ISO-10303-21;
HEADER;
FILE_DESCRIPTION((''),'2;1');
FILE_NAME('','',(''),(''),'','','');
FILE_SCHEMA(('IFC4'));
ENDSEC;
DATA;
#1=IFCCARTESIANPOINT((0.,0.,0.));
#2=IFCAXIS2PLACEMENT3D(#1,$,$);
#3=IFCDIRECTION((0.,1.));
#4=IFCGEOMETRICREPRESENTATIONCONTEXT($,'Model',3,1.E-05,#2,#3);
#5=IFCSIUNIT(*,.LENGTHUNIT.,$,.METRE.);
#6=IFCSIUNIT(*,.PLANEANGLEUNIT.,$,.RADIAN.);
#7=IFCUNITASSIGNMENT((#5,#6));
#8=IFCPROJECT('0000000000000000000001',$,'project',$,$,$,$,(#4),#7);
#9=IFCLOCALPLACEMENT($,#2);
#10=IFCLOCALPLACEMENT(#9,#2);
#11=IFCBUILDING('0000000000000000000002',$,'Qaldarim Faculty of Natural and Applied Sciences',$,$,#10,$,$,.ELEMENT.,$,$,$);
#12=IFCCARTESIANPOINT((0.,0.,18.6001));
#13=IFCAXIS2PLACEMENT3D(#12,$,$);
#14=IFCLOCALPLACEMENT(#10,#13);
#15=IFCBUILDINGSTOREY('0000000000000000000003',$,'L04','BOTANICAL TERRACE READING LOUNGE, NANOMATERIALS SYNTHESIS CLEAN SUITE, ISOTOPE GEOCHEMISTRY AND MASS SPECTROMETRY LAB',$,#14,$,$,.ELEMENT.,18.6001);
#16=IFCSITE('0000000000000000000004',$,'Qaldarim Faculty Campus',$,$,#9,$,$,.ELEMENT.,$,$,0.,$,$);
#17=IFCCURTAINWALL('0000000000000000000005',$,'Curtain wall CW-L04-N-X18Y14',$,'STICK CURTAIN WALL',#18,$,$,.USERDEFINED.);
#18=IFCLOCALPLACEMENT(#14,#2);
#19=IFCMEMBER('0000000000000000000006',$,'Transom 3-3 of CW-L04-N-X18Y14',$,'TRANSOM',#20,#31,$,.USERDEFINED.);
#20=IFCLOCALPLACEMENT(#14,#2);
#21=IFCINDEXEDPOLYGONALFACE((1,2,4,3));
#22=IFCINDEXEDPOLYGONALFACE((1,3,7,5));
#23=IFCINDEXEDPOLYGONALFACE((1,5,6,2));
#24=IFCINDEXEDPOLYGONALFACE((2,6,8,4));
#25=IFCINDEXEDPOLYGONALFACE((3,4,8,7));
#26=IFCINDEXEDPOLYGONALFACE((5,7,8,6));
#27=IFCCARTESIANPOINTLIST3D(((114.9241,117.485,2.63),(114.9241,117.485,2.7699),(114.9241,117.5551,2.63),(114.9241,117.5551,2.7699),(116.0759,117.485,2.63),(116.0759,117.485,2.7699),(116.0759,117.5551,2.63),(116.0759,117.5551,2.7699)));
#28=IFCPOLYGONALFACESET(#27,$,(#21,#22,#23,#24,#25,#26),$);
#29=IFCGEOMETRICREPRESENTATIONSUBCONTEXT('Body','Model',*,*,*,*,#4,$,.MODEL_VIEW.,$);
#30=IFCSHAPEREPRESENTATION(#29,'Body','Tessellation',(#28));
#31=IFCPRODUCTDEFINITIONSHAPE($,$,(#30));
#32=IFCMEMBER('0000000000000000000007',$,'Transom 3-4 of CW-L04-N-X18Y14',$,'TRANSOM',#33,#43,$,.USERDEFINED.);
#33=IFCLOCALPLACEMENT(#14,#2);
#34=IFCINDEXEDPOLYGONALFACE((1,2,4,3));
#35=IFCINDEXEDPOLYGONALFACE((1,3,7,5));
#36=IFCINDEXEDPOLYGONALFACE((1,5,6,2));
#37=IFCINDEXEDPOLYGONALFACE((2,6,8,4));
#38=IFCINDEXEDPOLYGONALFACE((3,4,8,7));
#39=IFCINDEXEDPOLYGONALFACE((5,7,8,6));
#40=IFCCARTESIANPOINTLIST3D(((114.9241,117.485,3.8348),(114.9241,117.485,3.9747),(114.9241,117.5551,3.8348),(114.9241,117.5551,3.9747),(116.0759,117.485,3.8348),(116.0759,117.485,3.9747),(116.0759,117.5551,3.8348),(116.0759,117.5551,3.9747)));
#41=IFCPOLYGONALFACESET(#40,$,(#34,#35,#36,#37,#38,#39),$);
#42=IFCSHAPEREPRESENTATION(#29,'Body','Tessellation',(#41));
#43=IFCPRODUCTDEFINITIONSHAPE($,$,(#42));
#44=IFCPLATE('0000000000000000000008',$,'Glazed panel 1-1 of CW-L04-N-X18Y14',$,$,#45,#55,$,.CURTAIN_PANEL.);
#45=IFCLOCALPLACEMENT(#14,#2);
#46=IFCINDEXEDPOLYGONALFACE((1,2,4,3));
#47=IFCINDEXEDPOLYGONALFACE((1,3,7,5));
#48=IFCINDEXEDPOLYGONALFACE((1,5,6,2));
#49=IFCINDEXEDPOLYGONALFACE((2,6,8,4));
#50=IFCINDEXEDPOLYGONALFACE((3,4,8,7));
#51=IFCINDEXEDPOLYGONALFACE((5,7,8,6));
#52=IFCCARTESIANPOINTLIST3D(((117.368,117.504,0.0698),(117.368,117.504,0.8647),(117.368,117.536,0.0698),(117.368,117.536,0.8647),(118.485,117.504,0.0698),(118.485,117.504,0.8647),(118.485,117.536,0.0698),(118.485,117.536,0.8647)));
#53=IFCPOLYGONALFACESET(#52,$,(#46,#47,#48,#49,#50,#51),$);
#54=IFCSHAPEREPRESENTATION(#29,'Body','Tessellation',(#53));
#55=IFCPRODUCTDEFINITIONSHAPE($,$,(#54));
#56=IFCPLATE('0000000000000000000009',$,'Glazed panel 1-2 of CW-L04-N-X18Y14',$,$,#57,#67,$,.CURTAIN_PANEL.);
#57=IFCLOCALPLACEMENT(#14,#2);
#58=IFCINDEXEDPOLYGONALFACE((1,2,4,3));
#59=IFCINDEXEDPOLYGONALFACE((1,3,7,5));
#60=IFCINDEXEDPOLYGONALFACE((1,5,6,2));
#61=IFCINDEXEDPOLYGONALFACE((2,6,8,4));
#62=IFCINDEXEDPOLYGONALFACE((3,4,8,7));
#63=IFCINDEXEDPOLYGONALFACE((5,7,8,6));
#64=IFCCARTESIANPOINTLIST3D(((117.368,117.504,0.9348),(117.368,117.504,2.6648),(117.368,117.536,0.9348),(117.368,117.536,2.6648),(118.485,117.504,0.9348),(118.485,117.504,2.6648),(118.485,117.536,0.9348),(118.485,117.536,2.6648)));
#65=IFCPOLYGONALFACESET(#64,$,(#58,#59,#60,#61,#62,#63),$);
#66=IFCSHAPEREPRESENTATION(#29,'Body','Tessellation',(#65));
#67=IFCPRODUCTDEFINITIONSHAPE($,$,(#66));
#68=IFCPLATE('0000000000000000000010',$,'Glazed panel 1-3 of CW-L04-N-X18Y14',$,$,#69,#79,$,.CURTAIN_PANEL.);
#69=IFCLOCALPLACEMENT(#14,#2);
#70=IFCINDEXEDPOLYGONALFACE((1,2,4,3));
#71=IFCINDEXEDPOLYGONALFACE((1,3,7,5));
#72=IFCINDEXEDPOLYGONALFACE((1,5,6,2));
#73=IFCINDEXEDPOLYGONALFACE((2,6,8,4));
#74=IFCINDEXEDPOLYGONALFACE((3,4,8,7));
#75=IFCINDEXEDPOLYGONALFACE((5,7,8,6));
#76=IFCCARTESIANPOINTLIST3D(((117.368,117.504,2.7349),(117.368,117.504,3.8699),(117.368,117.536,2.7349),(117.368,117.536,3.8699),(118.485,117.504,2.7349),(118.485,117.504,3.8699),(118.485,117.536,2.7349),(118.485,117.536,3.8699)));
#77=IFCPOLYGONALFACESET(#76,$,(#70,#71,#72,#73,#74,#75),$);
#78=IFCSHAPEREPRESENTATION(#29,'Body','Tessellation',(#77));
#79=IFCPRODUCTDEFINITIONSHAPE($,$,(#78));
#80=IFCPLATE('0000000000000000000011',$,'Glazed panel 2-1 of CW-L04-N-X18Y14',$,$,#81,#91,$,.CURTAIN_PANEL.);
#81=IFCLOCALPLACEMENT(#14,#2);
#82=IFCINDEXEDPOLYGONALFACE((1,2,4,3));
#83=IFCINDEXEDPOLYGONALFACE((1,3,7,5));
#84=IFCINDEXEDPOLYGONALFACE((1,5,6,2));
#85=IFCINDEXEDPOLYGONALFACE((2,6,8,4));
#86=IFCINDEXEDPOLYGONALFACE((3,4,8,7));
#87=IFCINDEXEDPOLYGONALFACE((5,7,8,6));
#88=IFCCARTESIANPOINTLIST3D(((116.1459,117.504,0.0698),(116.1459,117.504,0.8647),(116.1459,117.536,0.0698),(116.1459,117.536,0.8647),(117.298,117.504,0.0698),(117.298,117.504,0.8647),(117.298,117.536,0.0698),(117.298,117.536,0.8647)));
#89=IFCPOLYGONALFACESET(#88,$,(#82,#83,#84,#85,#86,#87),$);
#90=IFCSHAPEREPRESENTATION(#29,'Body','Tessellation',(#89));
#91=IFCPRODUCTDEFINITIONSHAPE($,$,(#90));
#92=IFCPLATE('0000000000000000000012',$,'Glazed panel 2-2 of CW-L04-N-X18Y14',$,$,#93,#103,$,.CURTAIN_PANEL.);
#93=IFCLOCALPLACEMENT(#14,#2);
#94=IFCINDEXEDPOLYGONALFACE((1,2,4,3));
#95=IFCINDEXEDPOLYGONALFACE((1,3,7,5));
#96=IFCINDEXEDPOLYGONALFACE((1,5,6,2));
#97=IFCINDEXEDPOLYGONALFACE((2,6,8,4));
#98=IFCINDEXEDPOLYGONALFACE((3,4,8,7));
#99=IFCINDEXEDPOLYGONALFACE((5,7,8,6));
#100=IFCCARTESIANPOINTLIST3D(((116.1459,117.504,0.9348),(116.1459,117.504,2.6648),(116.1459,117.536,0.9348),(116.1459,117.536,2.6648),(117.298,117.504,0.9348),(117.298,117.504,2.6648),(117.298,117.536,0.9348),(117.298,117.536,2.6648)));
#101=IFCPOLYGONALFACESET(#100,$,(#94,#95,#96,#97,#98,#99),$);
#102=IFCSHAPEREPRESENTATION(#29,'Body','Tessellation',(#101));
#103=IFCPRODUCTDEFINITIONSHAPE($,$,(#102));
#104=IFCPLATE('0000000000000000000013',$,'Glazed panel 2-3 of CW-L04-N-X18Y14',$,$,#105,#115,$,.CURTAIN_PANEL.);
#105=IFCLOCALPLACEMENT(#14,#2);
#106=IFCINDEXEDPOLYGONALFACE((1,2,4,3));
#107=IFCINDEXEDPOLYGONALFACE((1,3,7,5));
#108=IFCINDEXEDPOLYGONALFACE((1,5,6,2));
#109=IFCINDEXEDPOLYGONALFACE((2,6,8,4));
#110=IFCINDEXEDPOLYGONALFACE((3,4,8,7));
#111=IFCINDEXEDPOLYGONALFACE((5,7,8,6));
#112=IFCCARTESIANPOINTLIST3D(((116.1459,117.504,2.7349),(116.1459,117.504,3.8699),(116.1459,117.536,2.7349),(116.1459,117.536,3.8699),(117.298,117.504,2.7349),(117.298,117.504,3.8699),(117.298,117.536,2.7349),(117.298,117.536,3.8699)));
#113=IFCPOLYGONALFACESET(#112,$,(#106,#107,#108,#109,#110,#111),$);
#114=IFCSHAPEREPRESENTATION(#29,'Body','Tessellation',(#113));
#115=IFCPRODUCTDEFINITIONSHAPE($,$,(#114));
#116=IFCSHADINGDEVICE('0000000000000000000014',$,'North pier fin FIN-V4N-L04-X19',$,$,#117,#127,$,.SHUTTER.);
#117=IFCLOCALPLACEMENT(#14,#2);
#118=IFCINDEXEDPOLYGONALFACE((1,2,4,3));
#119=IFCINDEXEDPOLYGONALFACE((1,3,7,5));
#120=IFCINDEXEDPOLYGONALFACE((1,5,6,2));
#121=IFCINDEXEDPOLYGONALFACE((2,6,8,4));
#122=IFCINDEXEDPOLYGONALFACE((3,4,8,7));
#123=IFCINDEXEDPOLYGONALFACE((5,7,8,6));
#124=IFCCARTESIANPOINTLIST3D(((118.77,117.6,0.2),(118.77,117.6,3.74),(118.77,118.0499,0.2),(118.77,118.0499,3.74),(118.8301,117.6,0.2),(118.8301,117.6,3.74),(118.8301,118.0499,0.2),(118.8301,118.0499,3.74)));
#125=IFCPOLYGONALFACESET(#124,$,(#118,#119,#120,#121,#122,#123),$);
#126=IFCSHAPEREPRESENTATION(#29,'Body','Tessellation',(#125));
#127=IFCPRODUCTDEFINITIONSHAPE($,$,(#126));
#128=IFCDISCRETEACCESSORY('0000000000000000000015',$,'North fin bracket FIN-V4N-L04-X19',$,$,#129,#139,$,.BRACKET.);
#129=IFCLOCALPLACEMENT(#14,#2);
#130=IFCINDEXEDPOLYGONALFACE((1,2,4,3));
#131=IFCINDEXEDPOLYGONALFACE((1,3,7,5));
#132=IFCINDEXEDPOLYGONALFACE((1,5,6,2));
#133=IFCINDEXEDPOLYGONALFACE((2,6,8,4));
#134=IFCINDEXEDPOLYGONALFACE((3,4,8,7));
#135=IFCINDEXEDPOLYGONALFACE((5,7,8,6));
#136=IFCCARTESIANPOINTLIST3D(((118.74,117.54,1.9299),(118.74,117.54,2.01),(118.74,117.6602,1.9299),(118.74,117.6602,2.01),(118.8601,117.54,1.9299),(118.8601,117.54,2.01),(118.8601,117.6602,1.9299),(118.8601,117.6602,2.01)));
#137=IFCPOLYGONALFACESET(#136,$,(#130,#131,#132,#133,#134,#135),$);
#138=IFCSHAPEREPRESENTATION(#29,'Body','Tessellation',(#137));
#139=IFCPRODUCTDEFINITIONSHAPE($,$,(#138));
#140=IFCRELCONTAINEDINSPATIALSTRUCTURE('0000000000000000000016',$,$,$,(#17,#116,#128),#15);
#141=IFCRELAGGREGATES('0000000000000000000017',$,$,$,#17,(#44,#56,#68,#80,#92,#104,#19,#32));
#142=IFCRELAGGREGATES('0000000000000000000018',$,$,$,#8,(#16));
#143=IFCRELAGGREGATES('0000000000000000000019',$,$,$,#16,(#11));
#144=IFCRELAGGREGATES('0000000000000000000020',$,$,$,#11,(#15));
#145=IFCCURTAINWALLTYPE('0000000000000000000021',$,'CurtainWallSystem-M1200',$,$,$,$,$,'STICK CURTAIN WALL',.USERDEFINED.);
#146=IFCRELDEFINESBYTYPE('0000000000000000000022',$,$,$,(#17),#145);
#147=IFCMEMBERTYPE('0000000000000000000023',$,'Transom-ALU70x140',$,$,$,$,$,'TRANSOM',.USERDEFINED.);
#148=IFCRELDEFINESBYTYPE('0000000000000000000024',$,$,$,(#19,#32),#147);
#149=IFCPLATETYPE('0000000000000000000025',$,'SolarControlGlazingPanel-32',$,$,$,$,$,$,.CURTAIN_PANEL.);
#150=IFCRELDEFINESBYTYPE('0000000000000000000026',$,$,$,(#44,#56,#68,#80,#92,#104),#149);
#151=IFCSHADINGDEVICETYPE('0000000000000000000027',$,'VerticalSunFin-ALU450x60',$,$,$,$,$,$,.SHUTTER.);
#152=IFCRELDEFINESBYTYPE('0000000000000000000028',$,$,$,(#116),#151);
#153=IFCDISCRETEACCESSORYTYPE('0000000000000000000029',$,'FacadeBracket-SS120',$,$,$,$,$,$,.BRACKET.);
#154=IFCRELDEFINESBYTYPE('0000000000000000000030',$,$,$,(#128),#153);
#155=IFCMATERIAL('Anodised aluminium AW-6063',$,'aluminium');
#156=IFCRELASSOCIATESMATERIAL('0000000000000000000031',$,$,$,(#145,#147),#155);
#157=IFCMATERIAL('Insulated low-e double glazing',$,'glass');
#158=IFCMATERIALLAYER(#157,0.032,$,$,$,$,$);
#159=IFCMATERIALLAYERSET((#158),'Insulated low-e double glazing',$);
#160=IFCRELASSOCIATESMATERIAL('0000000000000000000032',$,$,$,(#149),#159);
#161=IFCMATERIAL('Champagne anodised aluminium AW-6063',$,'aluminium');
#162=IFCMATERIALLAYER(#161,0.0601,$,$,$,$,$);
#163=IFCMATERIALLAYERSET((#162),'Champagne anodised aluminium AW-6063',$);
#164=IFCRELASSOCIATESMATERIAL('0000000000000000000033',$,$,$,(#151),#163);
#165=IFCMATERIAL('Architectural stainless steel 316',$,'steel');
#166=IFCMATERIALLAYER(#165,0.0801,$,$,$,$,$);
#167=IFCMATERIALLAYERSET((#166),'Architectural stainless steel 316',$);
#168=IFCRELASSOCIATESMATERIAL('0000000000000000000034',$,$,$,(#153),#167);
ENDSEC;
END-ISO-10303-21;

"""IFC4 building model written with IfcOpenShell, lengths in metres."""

from ifc_helpers import new_model, si_unit, direction, frame, origin, origin_2d, place, context, subcontext, project, spatial, rectangle, extrude, material, layer, layer_set, material_profile, profile_set, type_object, element, aggregate, save


model = new_model("IFC4")

# Units and contexts
model_context = context("Model", 3, precision=1e-05, world=origin(), true_north=direction((0.0, 1.0)))
body_context = subcontext(model_context, "Body", "Model", "MODEL_VIEW")
ifc_project = project(units=[si_unit("LENGTHUNIT", "METRE"), si_unit("PLANEANGLEUNIT", "RADIAN")], contexts=[model_context])

# Site, building, storey
site_placement = place(None, origin())
site = spatial("IfcSite", under=ifc_project, at=site_placement, Name="Qaldarim Faculty Campus", CompositionType="ELEMENT", RefElevation=0.0)
building_placement = place(site_placement, origin())
building = spatial("IfcBuilding", under=site, at=building_placement, Name="Qaldarim Faculty of Natural and Applied Sciences", CompositionType="ELEMENT")
storey_placement = place(building_placement, frame((0.0, 0.0, 18.6001)))
storey = spatial("IfcBuildingStorey", under=building, at=storey_placement, Name="L04", Description="BOTANICAL TERRACE READING LOUNGE, NANOMATERIALS SYNTHESIS CLEAN SUITE, ISOTOPE GEOCHEMISTRY AND MASS SPECTROMETRY LAB", CompositionType="ELEMENT", Elevation=18.6001)

# Curtain wall
ifc_material_1 = material(Name="Anodised aluminium AW-6063", Category="aluminium")
curtain_wall_type = type_object("IfcCurtainWallType", Name="CurtainWallSystem-M1200", ElementType="STICK CURTAIN WALL", PredefinedType="USERDEFINED", material=ifc_material_1)
curtain_wall_placement = place(storey_placement, origin())
curtain_wall = element("IfcCurtainWall", 1, at=curtain_wall_placement, inside=storey, type_object=curtain_wall_type, Name="Curtain wall CW-L04-N-X18Y14", ObjectType="STICK CURTAIN WALL", PredefinedType="USERDEFINED")

# Members
ifc_material_profile_1 = material_profile(ifc_material_1, rectangle(XDim=0.0701, YDim=0.1399, at=origin_2d()), Name="ALU-T70x140")
ifc_profile_set_1 = profile_set([ifc_material_profile_1], Name="Anodised aluminium AW-6063")
member_type_1 = type_object("IfcMemberType", Name="Transom-ALU70x140", ElementType="TRANSOM", PredefinedType="USERDEFINED", material=ifc_profile_set_1)
member_1_placement = place(storey_placement, frame((116.0759, 117.52, 2.7), z_axis=(-1.0, 0.0, 0.0), x_axis=(0.0, -1.0, 0.0)))
member_1 = element("IfcMember", 2, at=member_1_placement, type_object=member_type_1, Name="Transom 3-3 of CW-L04-N-X18Y14", ObjectType="TRANSOM", PredefinedType="USERDEFINED", context=body_context, shape_type="SweptSolid", body=[
    extrude(rectangle(XDim=0.0701, YDim=0.1399, at=origin_2d()), origin(), (0.0, 0.0, 1.0), 1.1519),
])
member_2_placement = place(storey_placement, frame((116.0759, 117.52, 3.9048), z_axis=(-1.0, 0.0, 0.0), x_axis=(0.0, -1.0, 0.0)))
member_2 = element("IfcMember", 3, at=member_2_placement, type_object=member_type_1, Name="Transom 3-4 of CW-L04-N-X18Y14", ObjectType="TRANSOM", PredefinedType="USERDEFINED", context=body_context, shape_type="SweptSolid", body=[
    extrude(rectangle(XDim=0.0701, YDim=0.1399, at=origin_2d()), origin(), (0.0, 0.0, 1.0), 1.1519),
])

# Plates
ifc_material_2 = material(Name="Insulated low-e double glazing", Category="glass")
ifc_layer_1 = layer(ifc_material_2, 0.032)
ifc_layer_set_1 = layer_set([ifc_layer_1], Name="Insulated low-e double glazing")
plate_type = type_object("IfcPlateType", Name="SolarControlGlazingPanel-32", PredefinedType="CURTAIN_PANEL", material=ifc_layer_set_1)
plate_1_placement = place(storey_placement, frame((117.9265, 117.52, 0.0698), z_axis=(0.0, 0.0, 1.0), x_axis=(-1.0, 0.0, 0.0)))
plate_1 = element("IfcPlate", 4, at=plate_1_placement, type_object=plate_type, Name="Glazed panel 1-1 of CW-L04-N-X18Y14", PredefinedType="CURTAIN_PANEL", context=body_context, shape_type="SweptSolid", body=[
    extrude(rectangle(XDim=1.1169, YDim=0.032, at=origin_2d()), origin(), (0.0, 0.0, 1.0), 0.7949),
])
plate_2_placement = place(storey_placement, frame((117.9265, 117.52, 0.9348), z_axis=(0.0, 0.0, 1.0), x_axis=(-1.0, 0.0, 0.0)))
plate_2 = element("IfcPlate", 5, at=plate_2_placement, type_object=plate_type, Name="Glazed panel 1-2 of CW-L04-N-X18Y14", PredefinedType="CURTAIN_PANEL", context=body_context, shape_type="SweptSolid", body=[
    extrude(rectangle(XDim=1.1169, YDim=0.032, at=origin_2d()), origin(), (0.0, 0.0, 1.0), 1.73),
])
plate_3_placement = place(storey_placement, frame((117.9265, 117.52, 2.7349), z_axis=(0.0, 0.0, 1.0), x_axis=(-1.0, 0.0, 0.0)))
plate_3 = element("IfcPlate", 6, at=plate_3_placement, type_object=plate_type, Name="Glazed panel 1-3 of CW-L04-N-X18Y14", PredefinedType="CURTAIN_PANEL", context=body_context, shape_type="SweptSolid", body=[
    extrude(rectangle(XDim=1.1169, YDim=0.032, at=origin_2d()), origin(), (0.0, 0.0, 1.0), 1.135),
])
plate_4_placement = place(storey_placement, frame((116.7219, 117.52, 0.0698), z_axis=(0.0, 0.0, 1.0), x_axis=(-1.0, 0.0, 0.0)))
plate_4 = element("IfcPlate", 7, at=plate_4_placement, type_object=plate_type, Name="Glazed panel 2-1 of CW-L04-N-X18Y14", PredefinedType="CURTAIN_PANEL", context=body_context, shape_type="SweptSolid", body=[
    extrude(rectangle(XDim=1.1521, YDim=0.032, at=origin_2d()), origin(), (0.0, 0.0, 1.0), 0.7949),
])
plate_5_placement = place(storey_placement, frame((116.7219, 117.52, 0.9348), z_axis=(0.0, 0.0, 1.0), x_axis=(-1.0, 0.0, 0.0)))
plate_5 = element("IfcPlate", 8, at=plate_5_placement, type_object=plate_type, Name="Glazed panel 2-2 of CW-L04-N-X18Y14", PredefinedType="CURTAIN_PANEL", context=body_context, shape_type="SweptSolid", body=[
    extrude(rectangle(XDim=1.1521, YDim=0.032, at=origin_2d()), origin(), (0.0, 0.0, 1.0), 1.73),
])
plate_6_placement = place(storey_placement, frame((116.7219, 117.52, 2.7349), z_axis=(0.0, 0.0, 1.0), x_axis=(-1.0, 0.0, 0.0)))
plate_6 = element("IfcPlate", 9, at=plate_6_placement, type_object=plate_type, Name="Glazed panel 2-3 of CW-L04-N-X18Y14", PredefinedType="CURTAIN_PANEL", context=body_context, shape_type="SweptSolid", body=[
    extrude(rectangle(XDim=1.1521, YDim=0.032, at=origin_2d()), origin(), (0.0, 0.0, 1.0), 1.135),
])
aggregate(curtain_wall, [plate_1, plate_2, plate_3, plate_4, plate_5, plate_6, member_1, member_2])

# Shading device
ifc_material_3 = material(Name="Champagne anodised aluminium AW-6063", Category="aluminium")
ifc_layer_2 = layer(ifc_material_3, 0.0601)
ifc_layer_set_2 = layer_set([ifc_layer_2], Name="Champagne anodised aluminium AW-6063")
shading_device_type = type_object("IfcShadingDeviceType", Name="VerticalSunFin-ALU450x60", PredefinedType="SHUTTER", material=ifc_layer_set_2)
shading_device_placement = place(storey_placement, frame((118.8, 117.825, 0.2), z_axis=(0.0, 0.0, 1.0), x_axis=(1.0, 0.0, 0.0)))
element("IfcShadingDevice", 10, at=shading_device_placement, inside=storey, type_object=shading_device_type, Name="North pier fin FIN-V4N-L04-X19", PredefinedType="SHUTTER", context=body_context, shape_type="SweptSolid", body=[
    extrude(rectangle(XDim=0.0601, YDim=0.45, at=origin_2d()), origin(), (0.0, 0.0, 1.0), 3.54),
])

# Discrete accessory
ifc_material_4 = material(Name="Architectural stainless steel 316", Category="steel")
ifc_layer_3 = layer(ifc_material_4, 0.0801)
ifc_layer_set_3 = layer_set([ifc_layer_3], Name="Architectural stainless steel 316")
discrete_accessory_type = type_object("IfcDiscreteAccessoryType", Name="FacadeBracket-SS120", PredefinedType="BRACKET", material=ifc_layer_set_3)
discrete_accessory_placement = place(storey_placement, frame((118.8, 117.6001, 1.9299), z_axis=(0.0, 0.0, 1.0), x_axis=(1.0, 0.0, 0.0)))
element("IfcDiscreteAccessory", 11, at=discrete_accessory_placement, inside=storey, type_object=discrete_accessory_type, Name="North fin bracket FIN-V4N-L04-X19", PredefinedType="BRACKET", context=body_context, shape_type="SweptSolid", body=[
    extrude(rectangle(XDim=0.1201, YDim=0.1201, at=origin_2d()), origin(), (0.0, 0.0, 1.0), 0.0801),
])

save(model, "model.ifc")
